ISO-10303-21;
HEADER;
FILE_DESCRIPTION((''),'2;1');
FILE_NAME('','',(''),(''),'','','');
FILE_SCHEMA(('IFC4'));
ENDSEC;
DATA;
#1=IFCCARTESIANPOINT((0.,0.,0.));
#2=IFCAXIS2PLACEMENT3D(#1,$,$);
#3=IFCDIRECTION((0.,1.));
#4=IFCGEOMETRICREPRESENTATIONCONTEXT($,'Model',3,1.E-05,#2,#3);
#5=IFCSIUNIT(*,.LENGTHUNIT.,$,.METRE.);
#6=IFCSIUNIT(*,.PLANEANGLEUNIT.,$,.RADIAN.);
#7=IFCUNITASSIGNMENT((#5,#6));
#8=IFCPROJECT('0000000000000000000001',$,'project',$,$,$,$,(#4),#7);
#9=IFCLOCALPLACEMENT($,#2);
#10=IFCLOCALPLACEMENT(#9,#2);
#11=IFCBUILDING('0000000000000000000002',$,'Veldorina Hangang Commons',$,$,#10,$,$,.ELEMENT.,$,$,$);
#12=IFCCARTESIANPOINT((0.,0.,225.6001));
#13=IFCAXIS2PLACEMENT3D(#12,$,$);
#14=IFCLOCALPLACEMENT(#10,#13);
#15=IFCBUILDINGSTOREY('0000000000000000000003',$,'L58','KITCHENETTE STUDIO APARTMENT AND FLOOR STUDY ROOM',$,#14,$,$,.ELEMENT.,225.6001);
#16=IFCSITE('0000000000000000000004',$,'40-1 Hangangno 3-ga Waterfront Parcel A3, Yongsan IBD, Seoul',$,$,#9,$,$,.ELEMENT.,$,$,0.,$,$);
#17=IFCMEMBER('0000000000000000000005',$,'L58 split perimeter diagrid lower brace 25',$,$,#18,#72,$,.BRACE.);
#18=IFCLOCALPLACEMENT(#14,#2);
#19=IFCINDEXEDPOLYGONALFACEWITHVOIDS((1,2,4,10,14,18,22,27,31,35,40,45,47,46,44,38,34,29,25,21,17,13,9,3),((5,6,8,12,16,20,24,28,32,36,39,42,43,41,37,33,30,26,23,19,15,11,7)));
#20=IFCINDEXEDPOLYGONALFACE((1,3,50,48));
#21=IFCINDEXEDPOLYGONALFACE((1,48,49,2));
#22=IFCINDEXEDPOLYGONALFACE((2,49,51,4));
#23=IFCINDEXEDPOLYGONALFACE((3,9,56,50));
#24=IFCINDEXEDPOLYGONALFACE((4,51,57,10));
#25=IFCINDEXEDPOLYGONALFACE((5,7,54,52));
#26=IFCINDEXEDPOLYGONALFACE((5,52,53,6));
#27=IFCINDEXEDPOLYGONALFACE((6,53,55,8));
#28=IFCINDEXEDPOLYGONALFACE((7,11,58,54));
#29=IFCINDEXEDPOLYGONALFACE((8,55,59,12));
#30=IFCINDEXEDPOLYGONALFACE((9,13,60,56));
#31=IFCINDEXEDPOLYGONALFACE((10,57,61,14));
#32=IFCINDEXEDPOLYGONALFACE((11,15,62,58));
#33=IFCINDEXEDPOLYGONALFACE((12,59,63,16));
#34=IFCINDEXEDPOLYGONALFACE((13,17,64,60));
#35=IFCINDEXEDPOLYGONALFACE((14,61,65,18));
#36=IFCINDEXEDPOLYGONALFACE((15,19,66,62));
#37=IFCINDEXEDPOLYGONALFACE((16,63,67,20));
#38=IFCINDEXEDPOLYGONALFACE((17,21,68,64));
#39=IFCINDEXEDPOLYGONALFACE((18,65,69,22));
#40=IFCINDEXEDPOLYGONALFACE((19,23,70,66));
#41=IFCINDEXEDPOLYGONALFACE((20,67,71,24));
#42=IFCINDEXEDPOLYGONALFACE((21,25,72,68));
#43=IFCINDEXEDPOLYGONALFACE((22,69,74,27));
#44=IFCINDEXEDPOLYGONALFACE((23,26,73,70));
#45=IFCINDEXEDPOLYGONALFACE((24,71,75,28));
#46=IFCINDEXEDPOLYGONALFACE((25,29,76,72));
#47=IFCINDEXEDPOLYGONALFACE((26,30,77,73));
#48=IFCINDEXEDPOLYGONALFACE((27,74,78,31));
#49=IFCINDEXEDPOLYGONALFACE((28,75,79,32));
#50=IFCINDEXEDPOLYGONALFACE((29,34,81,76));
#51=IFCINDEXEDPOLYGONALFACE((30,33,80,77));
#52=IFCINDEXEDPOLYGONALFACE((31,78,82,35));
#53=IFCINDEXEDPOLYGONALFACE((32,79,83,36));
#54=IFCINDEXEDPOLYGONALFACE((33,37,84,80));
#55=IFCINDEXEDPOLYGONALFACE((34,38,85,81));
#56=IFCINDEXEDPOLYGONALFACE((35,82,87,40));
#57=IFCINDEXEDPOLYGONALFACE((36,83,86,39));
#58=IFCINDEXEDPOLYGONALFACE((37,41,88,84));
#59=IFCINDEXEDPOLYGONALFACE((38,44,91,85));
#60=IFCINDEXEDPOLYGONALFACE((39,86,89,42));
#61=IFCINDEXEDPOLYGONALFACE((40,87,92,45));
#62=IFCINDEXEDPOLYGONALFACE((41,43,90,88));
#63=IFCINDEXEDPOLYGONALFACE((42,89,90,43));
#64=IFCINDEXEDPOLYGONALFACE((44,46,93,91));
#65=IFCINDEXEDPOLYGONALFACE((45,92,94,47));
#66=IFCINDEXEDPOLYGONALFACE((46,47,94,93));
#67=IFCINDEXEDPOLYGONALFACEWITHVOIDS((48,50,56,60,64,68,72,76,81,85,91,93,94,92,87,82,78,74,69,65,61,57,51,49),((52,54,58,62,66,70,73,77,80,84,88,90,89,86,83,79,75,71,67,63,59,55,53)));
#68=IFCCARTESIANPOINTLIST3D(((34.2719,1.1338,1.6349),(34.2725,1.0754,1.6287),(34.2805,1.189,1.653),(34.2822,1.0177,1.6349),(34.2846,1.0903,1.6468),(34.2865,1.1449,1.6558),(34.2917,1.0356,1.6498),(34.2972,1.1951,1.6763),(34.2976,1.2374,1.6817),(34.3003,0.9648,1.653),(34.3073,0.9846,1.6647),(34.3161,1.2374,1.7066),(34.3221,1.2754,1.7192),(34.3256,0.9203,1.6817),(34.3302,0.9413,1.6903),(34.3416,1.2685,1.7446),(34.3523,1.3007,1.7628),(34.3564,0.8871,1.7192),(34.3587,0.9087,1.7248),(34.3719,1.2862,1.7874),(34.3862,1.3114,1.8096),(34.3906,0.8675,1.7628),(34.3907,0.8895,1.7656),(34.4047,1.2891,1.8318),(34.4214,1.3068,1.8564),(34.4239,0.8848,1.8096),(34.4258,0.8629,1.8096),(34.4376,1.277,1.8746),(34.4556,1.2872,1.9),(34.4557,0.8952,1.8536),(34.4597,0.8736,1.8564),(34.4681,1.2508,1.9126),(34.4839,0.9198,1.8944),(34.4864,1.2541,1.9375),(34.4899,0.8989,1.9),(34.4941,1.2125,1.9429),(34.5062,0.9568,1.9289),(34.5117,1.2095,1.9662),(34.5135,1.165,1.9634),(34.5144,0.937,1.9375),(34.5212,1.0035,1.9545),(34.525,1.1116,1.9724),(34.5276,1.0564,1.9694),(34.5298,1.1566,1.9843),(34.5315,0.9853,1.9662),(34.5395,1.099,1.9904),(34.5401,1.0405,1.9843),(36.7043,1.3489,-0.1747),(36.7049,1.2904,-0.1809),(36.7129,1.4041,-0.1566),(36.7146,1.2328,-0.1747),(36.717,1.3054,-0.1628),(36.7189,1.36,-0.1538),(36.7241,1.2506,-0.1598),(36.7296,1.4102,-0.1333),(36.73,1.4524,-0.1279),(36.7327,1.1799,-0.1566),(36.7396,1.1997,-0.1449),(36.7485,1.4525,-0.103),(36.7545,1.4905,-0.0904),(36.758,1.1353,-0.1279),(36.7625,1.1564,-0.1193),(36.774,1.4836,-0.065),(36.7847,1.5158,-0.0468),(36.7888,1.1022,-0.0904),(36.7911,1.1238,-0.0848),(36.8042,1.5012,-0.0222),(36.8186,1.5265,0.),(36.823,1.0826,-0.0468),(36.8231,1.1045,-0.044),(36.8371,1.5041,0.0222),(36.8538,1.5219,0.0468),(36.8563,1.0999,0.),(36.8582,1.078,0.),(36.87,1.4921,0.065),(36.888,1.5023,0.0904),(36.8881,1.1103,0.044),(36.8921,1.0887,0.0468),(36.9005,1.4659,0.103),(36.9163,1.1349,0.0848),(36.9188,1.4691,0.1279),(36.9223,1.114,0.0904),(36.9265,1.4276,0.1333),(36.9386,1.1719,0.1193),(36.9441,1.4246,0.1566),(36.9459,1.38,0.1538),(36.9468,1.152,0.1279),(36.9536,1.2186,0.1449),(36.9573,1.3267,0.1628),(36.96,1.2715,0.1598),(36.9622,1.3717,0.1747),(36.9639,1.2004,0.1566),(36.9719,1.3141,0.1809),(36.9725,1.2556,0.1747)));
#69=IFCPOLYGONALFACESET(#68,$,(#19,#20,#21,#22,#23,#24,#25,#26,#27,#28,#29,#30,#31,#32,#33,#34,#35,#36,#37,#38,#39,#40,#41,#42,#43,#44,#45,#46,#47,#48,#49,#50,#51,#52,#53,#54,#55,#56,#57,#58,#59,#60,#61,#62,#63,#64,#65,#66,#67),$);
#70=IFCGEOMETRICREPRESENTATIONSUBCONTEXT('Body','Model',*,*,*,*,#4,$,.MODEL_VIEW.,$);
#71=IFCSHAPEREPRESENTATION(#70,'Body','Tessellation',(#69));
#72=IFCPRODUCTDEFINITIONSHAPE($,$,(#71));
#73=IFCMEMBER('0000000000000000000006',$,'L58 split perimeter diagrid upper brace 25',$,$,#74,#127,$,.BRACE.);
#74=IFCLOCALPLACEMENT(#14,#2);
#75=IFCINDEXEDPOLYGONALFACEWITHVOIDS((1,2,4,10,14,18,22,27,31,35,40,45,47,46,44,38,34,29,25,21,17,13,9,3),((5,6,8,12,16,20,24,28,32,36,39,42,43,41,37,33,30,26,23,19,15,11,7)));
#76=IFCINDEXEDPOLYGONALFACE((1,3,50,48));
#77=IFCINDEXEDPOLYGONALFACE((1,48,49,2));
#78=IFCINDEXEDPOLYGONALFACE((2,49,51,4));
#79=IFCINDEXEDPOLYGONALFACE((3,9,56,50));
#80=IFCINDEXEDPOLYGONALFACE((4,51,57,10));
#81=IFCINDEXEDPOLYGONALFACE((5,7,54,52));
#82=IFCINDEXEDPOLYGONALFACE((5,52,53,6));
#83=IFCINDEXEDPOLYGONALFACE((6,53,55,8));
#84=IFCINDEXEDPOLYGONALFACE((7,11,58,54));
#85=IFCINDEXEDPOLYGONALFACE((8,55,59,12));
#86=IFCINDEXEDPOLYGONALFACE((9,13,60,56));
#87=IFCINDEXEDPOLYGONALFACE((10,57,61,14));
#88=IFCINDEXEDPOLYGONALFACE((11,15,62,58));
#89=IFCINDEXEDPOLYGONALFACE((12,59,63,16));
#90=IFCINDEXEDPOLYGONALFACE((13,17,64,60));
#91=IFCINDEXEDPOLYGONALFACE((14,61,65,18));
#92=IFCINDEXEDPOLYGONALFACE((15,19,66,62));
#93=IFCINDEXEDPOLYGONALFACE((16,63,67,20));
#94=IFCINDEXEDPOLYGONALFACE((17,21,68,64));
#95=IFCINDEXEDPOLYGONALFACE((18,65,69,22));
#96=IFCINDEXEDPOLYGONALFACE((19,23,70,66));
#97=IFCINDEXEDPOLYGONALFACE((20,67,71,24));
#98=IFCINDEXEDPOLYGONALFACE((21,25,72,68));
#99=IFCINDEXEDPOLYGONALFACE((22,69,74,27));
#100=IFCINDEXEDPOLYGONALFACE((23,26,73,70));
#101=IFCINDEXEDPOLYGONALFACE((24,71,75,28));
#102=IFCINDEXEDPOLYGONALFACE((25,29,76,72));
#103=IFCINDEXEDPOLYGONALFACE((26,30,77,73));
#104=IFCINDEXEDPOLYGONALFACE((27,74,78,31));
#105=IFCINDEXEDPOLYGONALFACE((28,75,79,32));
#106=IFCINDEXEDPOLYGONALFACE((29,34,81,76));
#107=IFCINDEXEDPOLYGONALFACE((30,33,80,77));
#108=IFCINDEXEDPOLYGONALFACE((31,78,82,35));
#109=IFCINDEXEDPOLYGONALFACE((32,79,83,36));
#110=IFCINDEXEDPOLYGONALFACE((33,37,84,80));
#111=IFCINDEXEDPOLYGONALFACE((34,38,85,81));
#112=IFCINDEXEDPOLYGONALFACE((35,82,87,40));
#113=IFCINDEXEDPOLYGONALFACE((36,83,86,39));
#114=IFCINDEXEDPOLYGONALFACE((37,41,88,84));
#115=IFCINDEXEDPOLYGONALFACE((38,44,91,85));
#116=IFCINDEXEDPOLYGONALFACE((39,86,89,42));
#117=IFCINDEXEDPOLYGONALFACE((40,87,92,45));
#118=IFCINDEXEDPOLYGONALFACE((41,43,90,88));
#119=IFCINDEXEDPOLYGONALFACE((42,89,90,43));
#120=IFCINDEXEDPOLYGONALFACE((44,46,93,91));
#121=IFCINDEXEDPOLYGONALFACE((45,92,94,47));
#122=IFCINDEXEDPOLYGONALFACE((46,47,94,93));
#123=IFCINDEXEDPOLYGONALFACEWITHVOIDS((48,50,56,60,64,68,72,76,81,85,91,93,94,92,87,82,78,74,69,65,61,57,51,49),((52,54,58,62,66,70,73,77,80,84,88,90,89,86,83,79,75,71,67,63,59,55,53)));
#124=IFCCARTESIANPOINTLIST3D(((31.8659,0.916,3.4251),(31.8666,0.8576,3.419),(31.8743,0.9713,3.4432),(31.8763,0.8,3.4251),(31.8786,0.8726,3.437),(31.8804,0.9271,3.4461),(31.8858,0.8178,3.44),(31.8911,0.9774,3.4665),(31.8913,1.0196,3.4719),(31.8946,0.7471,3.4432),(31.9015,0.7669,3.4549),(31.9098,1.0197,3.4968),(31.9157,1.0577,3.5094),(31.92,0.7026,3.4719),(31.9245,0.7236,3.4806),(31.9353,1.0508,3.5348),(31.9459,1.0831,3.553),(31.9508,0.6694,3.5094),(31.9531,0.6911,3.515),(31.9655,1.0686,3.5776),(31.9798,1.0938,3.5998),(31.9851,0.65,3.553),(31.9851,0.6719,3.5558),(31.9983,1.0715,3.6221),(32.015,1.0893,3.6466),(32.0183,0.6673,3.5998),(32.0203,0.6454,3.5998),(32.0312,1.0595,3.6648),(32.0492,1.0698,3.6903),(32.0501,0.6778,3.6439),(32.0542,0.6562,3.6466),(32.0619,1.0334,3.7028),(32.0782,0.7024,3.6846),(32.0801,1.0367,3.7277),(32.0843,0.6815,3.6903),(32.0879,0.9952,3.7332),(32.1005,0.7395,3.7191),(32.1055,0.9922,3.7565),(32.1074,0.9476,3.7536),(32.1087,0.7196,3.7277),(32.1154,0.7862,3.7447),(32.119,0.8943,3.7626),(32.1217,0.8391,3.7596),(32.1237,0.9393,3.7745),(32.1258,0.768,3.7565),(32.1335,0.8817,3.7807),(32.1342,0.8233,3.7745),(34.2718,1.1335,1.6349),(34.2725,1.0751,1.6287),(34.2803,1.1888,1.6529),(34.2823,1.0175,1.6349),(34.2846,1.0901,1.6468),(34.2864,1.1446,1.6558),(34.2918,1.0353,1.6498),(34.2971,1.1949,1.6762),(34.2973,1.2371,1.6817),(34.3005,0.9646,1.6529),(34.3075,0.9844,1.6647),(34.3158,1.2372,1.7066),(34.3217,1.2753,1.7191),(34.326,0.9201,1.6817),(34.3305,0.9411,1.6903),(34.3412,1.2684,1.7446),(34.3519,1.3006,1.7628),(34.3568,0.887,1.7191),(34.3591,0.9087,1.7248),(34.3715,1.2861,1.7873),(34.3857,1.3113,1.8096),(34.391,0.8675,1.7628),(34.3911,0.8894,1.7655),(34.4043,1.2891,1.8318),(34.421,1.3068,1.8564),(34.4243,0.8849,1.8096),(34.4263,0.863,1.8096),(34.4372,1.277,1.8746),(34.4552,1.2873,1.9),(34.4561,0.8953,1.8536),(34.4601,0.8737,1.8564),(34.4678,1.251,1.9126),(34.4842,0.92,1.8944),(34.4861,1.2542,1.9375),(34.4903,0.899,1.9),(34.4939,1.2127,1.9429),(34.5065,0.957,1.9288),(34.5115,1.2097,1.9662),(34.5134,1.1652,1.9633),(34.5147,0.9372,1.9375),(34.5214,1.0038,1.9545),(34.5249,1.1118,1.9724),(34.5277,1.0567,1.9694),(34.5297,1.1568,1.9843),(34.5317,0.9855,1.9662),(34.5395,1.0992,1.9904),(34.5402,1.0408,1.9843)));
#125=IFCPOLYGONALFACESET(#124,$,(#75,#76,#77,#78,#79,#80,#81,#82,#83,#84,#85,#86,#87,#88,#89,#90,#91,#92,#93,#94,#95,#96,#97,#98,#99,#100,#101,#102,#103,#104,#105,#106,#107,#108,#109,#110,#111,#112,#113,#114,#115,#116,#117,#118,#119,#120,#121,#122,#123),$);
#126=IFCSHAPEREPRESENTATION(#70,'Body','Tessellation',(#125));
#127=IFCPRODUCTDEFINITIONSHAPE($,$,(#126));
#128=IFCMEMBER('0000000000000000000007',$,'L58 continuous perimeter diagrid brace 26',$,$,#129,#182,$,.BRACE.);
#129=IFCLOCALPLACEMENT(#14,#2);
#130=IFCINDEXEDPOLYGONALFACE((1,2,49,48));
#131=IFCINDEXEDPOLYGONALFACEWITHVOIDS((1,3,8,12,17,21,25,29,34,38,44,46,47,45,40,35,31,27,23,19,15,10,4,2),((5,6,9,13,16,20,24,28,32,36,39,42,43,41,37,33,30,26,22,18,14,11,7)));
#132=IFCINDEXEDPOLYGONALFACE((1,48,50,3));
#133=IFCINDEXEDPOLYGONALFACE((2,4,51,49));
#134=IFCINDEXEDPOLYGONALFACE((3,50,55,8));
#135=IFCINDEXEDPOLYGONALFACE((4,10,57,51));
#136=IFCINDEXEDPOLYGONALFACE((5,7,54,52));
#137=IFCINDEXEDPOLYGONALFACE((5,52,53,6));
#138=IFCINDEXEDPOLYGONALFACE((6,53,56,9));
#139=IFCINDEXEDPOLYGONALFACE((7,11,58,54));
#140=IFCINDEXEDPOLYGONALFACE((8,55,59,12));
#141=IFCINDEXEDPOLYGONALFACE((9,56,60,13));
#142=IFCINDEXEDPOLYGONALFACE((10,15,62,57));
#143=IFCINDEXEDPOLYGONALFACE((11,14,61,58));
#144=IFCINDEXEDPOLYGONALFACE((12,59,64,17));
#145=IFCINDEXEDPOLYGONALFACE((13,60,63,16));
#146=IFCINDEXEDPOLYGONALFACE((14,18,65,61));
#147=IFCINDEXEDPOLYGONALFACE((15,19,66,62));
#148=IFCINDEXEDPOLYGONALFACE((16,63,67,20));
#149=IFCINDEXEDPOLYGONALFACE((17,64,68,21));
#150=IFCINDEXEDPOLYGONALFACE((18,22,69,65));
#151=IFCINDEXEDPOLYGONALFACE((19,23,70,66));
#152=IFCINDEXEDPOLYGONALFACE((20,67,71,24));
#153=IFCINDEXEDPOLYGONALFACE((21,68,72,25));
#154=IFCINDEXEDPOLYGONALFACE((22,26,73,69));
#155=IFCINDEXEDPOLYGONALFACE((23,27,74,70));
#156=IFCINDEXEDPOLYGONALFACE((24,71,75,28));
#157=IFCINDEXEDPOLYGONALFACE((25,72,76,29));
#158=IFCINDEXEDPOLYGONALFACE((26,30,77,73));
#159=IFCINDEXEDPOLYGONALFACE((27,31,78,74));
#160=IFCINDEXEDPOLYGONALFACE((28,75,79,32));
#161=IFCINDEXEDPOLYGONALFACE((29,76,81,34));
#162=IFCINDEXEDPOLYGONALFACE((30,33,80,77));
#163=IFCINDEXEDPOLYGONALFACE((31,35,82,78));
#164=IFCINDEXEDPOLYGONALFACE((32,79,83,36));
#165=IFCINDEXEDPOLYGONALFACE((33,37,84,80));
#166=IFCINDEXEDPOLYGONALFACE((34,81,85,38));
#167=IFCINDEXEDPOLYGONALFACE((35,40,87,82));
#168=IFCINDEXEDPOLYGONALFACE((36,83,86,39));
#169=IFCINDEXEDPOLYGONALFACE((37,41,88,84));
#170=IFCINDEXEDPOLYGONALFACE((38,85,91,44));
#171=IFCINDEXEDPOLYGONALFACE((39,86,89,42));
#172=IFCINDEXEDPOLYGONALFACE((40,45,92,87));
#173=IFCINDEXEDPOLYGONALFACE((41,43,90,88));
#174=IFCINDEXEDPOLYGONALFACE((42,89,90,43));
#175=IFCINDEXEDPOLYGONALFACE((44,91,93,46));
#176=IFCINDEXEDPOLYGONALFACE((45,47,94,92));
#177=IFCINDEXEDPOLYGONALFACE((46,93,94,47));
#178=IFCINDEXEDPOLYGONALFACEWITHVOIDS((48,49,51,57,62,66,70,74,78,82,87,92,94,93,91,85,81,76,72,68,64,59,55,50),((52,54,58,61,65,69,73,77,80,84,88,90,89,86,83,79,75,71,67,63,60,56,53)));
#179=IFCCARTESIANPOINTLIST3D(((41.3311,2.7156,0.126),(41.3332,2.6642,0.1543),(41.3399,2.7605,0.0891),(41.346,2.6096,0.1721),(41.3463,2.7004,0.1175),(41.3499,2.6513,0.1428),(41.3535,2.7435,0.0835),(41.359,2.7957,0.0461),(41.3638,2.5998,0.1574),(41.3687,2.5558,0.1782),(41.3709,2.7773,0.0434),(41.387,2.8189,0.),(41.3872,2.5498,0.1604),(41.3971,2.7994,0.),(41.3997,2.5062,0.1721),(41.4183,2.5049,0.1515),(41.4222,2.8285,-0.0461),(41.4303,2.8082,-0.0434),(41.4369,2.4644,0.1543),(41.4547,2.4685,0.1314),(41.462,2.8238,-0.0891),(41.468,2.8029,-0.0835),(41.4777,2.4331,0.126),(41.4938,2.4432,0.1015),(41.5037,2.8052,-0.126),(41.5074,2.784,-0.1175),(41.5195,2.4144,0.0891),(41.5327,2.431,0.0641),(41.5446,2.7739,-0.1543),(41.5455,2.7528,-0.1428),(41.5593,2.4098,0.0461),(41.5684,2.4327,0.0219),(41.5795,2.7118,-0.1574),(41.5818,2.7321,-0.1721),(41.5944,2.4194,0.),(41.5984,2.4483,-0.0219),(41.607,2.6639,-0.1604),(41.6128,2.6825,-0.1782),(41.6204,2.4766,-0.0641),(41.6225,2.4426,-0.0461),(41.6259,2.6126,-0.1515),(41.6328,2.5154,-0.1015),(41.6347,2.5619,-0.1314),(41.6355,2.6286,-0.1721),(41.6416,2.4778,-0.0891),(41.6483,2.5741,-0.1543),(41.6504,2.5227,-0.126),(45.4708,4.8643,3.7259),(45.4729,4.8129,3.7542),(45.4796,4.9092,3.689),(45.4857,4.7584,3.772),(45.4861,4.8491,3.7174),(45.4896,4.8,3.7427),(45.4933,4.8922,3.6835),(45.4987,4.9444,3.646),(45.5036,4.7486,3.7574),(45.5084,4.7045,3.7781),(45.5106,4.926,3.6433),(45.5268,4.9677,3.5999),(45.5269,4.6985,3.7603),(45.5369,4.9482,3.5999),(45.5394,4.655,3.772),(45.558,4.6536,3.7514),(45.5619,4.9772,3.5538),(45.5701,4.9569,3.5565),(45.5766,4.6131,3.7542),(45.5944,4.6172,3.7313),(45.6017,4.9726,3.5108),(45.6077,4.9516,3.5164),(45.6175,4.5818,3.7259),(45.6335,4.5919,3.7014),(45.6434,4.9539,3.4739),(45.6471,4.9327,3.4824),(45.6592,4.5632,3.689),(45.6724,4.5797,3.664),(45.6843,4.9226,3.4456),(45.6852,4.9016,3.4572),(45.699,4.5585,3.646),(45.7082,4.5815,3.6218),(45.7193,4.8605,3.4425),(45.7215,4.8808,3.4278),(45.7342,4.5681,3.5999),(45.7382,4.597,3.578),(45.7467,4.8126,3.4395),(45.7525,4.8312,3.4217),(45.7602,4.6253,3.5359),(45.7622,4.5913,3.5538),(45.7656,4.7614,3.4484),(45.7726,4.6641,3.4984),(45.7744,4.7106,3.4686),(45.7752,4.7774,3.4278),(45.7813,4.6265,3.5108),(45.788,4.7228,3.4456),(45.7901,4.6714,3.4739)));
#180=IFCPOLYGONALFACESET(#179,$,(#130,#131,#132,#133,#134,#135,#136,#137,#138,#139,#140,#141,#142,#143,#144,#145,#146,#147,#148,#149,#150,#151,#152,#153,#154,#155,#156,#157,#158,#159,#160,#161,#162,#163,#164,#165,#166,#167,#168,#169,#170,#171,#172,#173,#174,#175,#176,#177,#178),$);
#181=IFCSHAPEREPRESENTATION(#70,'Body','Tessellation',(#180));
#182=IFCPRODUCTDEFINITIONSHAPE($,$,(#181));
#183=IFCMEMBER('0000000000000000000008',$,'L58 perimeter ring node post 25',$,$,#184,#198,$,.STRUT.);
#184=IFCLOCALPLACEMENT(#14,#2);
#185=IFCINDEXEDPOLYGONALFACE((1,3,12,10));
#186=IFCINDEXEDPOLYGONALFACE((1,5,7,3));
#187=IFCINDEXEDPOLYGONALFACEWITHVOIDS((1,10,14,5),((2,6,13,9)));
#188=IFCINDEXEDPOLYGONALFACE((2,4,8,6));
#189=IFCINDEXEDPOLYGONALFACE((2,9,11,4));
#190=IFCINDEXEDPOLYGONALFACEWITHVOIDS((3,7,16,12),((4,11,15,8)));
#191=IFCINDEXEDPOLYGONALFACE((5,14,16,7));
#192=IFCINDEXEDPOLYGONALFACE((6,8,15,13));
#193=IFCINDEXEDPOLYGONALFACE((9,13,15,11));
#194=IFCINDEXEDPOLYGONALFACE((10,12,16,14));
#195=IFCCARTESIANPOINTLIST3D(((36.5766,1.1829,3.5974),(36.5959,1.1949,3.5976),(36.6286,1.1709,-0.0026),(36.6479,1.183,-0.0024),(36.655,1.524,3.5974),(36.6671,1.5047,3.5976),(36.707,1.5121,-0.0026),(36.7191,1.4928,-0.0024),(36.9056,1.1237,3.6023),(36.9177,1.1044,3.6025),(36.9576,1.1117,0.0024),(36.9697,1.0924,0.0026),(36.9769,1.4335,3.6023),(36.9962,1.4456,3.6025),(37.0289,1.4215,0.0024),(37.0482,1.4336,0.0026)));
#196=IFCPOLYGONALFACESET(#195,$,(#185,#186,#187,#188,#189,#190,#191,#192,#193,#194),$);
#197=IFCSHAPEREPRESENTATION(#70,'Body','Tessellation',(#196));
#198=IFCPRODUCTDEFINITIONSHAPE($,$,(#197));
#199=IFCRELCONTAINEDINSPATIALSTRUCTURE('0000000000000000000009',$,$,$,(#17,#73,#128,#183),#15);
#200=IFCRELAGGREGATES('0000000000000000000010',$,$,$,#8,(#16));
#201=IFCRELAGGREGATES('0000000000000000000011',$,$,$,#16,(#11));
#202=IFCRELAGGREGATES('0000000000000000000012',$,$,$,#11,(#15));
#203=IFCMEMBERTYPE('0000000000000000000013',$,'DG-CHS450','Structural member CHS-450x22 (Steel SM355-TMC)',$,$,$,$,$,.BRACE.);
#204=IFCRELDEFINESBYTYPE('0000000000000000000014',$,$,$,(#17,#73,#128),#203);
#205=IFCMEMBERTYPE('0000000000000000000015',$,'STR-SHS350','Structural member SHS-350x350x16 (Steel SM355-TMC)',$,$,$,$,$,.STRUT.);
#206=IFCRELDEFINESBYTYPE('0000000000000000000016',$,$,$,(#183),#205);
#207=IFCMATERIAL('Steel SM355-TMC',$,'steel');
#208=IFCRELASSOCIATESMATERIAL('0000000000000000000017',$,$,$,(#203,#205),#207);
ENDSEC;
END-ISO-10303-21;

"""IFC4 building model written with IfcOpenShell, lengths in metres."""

from ifc_helpers import new_model, si_unit, direction, frame, origin, origin_2d, place, context, subcontext, project, spatial, hollow_rectangle, hollow_circle, extrude, material, material_profile, profile_set, type_object, element, save


model = new_model("IFC4")

# Units and contexts
model_context = context("Model", 3, precision=1e-05, world=origin(), true_north=direction((0.0, 1.0)))
body_context = subcontext(model_context, "Body", "Model", "MODEL_VIEW")
ifc_project = project(units=[si_unit("LENGTHUNIT", "METRE"), si_unit("PLANEANGLEUNIT", "RADIAN")], contexts=[model_context])

# Site, building, storey
site_placement = place(None, origin())
site = spatial("IfcSite", under=ifc_project, at=site_placement, Name="40-1 Hangangno 3-ga Waterfront Parcel A3, Yongsan IBD, Seoul", CompositionType="ELEMENT", RefElevation=0.0)
building_placement = place(site_placement, origin())
building = spatial("IfcBuilding", under=site, at=building_placement, Name="Veldorina Hangang Commons", CompositionType="ELEMENT")
storey_placement = place(building_placement, frame((0.0, 0.0, 225.6001)))
storey = spatial("IfcBuildingStorey", under=building, at=storey_placement, Name="L58", Description="KITCHENETTE STUDIO APARTMENT AND FLOOR STUDY ROOM", CompositionType="ELEMENT", Elevation=225.6001)

# Shared definitions
ifc_material_1 = material(Name="Steel SM355-TMC", Category="steel")

# Members
ifc_material_profile_1 = material_profile(ifc_material_1, hollow_circle(Radius=0.2251, WallThickness=0.022, at=origin_2d()), Name="CHS-450x22")
ifc_profile_set_1 = profile_set([ifc_material_profile_1], Name="Steel SM355-TMC")
member_type_1 = type_object("IfcMemberType", Name="DG-CHS450", Description="Structural member CHS-450x22 (Steel SM355-TMC)", PredefinedType="BRACE", material=ifc_profile_set_1)
member_1_placement = place(storey_placement, frame((36.8384, 1.3022, 0.0), z_axis=(-0.800311, -0.070769, 0.595394), x_axis=(0.088083, -0.996113, 0.0)))
element("IfcMember", 1, at=member_1_placement, inside=storey, type_object=member_type_1, Name="L58 split perimeter diagrid lower brace 25", PredefinedType="BRACE", context=body_context, shape_type="SweptSolid", body=[
    extrude(hollow_circle(Radius=0.2251, WallThickness=0.022, at=origin_2d()), origin(), (0.0, 0.0, 1.0), 3.0393),
])
member_2_placement = place(storey_placement, frame((34.406, 1.0872, 1.8096), z_axis=(-0.800168, -0.072344, 0.595397), x_axis=(0.090044, -0.995938, 0.0)))
element("IfcMember", 2, at=member_2_placement, inside=storey, type_object=member_type_1, Name="L58 split perimeter diagrid upper brace 25", PredefinedType="BRACE", context=body_context, shape_type="SweptSolid", body=[
    extrude(hollow_circle(Radius=0.2251, WallThickness=0.022, at=origin_2d()), origin(), (0.0, 0.0, 1.0), 3.0068),
])
member_3_placement = place(storey_placement, frame((41.4907, 2.6191, 0.0), z_axis=(0.70262, 0.364695, 0.611001), x_axis=(-0.460688, 0.887562, 0.0)))
element("IfcMember", 3, at=member_3_placement, inside=storey, type_object=member_type_1, Name="L58 continuous perimeter diagrid brace 26", PredefinedType="BRACE", context=body_context, shape_type="SweptSolid", body=[
    extrude(hollow_circle(Radius=0.2251, WallThickness=0.022, at=origin_2d()), origin(), (0.0, 0.0, 1.0), 5.8918),
])
ifc_material_profile_2 = material_profile(ifc_material_1, hollow_rectangle(XDim=0.3501, YDim=0.3501, WallThickness=0.0161, at=origin_2d()), Name="SHS-350x350x16")
ifc_profile_set_2 = profile_set([ifc_material_profile_2], Name="Steel SM355-TMC")
member_type_2 = type_object("IfcMemberType", Name="STR-SHS350", Description="Structural member SHS-350x350x16 (Steel SM355-TMC)", PredefinedType="STRUT", material=ifc_profile_set_2)
member_4_placement = place(storey_placement, frame((36.8384, 1.3022, 0.0), z_axis=(-0.014444, 0.003323, 0.99989), x_axis=(-0.224191, -0.974545, 0.0)))
element("IfcMember", 4, at=member_4_placement, inside=storey, type_object=member_type_2, Name="L58 perimeter ring node post 25", PredefinedType="STRUT", context=body_context, shape_type="SweptSolid", body=[
    extrude(hollow_rectangle(XDim=0.3501, YDim=0.3501, WallThickness=0.0161, at=origin_2d()), origin(), (0.0, 0.0, 1.0), 3.6003),
])

save(model, "model.ifc")
